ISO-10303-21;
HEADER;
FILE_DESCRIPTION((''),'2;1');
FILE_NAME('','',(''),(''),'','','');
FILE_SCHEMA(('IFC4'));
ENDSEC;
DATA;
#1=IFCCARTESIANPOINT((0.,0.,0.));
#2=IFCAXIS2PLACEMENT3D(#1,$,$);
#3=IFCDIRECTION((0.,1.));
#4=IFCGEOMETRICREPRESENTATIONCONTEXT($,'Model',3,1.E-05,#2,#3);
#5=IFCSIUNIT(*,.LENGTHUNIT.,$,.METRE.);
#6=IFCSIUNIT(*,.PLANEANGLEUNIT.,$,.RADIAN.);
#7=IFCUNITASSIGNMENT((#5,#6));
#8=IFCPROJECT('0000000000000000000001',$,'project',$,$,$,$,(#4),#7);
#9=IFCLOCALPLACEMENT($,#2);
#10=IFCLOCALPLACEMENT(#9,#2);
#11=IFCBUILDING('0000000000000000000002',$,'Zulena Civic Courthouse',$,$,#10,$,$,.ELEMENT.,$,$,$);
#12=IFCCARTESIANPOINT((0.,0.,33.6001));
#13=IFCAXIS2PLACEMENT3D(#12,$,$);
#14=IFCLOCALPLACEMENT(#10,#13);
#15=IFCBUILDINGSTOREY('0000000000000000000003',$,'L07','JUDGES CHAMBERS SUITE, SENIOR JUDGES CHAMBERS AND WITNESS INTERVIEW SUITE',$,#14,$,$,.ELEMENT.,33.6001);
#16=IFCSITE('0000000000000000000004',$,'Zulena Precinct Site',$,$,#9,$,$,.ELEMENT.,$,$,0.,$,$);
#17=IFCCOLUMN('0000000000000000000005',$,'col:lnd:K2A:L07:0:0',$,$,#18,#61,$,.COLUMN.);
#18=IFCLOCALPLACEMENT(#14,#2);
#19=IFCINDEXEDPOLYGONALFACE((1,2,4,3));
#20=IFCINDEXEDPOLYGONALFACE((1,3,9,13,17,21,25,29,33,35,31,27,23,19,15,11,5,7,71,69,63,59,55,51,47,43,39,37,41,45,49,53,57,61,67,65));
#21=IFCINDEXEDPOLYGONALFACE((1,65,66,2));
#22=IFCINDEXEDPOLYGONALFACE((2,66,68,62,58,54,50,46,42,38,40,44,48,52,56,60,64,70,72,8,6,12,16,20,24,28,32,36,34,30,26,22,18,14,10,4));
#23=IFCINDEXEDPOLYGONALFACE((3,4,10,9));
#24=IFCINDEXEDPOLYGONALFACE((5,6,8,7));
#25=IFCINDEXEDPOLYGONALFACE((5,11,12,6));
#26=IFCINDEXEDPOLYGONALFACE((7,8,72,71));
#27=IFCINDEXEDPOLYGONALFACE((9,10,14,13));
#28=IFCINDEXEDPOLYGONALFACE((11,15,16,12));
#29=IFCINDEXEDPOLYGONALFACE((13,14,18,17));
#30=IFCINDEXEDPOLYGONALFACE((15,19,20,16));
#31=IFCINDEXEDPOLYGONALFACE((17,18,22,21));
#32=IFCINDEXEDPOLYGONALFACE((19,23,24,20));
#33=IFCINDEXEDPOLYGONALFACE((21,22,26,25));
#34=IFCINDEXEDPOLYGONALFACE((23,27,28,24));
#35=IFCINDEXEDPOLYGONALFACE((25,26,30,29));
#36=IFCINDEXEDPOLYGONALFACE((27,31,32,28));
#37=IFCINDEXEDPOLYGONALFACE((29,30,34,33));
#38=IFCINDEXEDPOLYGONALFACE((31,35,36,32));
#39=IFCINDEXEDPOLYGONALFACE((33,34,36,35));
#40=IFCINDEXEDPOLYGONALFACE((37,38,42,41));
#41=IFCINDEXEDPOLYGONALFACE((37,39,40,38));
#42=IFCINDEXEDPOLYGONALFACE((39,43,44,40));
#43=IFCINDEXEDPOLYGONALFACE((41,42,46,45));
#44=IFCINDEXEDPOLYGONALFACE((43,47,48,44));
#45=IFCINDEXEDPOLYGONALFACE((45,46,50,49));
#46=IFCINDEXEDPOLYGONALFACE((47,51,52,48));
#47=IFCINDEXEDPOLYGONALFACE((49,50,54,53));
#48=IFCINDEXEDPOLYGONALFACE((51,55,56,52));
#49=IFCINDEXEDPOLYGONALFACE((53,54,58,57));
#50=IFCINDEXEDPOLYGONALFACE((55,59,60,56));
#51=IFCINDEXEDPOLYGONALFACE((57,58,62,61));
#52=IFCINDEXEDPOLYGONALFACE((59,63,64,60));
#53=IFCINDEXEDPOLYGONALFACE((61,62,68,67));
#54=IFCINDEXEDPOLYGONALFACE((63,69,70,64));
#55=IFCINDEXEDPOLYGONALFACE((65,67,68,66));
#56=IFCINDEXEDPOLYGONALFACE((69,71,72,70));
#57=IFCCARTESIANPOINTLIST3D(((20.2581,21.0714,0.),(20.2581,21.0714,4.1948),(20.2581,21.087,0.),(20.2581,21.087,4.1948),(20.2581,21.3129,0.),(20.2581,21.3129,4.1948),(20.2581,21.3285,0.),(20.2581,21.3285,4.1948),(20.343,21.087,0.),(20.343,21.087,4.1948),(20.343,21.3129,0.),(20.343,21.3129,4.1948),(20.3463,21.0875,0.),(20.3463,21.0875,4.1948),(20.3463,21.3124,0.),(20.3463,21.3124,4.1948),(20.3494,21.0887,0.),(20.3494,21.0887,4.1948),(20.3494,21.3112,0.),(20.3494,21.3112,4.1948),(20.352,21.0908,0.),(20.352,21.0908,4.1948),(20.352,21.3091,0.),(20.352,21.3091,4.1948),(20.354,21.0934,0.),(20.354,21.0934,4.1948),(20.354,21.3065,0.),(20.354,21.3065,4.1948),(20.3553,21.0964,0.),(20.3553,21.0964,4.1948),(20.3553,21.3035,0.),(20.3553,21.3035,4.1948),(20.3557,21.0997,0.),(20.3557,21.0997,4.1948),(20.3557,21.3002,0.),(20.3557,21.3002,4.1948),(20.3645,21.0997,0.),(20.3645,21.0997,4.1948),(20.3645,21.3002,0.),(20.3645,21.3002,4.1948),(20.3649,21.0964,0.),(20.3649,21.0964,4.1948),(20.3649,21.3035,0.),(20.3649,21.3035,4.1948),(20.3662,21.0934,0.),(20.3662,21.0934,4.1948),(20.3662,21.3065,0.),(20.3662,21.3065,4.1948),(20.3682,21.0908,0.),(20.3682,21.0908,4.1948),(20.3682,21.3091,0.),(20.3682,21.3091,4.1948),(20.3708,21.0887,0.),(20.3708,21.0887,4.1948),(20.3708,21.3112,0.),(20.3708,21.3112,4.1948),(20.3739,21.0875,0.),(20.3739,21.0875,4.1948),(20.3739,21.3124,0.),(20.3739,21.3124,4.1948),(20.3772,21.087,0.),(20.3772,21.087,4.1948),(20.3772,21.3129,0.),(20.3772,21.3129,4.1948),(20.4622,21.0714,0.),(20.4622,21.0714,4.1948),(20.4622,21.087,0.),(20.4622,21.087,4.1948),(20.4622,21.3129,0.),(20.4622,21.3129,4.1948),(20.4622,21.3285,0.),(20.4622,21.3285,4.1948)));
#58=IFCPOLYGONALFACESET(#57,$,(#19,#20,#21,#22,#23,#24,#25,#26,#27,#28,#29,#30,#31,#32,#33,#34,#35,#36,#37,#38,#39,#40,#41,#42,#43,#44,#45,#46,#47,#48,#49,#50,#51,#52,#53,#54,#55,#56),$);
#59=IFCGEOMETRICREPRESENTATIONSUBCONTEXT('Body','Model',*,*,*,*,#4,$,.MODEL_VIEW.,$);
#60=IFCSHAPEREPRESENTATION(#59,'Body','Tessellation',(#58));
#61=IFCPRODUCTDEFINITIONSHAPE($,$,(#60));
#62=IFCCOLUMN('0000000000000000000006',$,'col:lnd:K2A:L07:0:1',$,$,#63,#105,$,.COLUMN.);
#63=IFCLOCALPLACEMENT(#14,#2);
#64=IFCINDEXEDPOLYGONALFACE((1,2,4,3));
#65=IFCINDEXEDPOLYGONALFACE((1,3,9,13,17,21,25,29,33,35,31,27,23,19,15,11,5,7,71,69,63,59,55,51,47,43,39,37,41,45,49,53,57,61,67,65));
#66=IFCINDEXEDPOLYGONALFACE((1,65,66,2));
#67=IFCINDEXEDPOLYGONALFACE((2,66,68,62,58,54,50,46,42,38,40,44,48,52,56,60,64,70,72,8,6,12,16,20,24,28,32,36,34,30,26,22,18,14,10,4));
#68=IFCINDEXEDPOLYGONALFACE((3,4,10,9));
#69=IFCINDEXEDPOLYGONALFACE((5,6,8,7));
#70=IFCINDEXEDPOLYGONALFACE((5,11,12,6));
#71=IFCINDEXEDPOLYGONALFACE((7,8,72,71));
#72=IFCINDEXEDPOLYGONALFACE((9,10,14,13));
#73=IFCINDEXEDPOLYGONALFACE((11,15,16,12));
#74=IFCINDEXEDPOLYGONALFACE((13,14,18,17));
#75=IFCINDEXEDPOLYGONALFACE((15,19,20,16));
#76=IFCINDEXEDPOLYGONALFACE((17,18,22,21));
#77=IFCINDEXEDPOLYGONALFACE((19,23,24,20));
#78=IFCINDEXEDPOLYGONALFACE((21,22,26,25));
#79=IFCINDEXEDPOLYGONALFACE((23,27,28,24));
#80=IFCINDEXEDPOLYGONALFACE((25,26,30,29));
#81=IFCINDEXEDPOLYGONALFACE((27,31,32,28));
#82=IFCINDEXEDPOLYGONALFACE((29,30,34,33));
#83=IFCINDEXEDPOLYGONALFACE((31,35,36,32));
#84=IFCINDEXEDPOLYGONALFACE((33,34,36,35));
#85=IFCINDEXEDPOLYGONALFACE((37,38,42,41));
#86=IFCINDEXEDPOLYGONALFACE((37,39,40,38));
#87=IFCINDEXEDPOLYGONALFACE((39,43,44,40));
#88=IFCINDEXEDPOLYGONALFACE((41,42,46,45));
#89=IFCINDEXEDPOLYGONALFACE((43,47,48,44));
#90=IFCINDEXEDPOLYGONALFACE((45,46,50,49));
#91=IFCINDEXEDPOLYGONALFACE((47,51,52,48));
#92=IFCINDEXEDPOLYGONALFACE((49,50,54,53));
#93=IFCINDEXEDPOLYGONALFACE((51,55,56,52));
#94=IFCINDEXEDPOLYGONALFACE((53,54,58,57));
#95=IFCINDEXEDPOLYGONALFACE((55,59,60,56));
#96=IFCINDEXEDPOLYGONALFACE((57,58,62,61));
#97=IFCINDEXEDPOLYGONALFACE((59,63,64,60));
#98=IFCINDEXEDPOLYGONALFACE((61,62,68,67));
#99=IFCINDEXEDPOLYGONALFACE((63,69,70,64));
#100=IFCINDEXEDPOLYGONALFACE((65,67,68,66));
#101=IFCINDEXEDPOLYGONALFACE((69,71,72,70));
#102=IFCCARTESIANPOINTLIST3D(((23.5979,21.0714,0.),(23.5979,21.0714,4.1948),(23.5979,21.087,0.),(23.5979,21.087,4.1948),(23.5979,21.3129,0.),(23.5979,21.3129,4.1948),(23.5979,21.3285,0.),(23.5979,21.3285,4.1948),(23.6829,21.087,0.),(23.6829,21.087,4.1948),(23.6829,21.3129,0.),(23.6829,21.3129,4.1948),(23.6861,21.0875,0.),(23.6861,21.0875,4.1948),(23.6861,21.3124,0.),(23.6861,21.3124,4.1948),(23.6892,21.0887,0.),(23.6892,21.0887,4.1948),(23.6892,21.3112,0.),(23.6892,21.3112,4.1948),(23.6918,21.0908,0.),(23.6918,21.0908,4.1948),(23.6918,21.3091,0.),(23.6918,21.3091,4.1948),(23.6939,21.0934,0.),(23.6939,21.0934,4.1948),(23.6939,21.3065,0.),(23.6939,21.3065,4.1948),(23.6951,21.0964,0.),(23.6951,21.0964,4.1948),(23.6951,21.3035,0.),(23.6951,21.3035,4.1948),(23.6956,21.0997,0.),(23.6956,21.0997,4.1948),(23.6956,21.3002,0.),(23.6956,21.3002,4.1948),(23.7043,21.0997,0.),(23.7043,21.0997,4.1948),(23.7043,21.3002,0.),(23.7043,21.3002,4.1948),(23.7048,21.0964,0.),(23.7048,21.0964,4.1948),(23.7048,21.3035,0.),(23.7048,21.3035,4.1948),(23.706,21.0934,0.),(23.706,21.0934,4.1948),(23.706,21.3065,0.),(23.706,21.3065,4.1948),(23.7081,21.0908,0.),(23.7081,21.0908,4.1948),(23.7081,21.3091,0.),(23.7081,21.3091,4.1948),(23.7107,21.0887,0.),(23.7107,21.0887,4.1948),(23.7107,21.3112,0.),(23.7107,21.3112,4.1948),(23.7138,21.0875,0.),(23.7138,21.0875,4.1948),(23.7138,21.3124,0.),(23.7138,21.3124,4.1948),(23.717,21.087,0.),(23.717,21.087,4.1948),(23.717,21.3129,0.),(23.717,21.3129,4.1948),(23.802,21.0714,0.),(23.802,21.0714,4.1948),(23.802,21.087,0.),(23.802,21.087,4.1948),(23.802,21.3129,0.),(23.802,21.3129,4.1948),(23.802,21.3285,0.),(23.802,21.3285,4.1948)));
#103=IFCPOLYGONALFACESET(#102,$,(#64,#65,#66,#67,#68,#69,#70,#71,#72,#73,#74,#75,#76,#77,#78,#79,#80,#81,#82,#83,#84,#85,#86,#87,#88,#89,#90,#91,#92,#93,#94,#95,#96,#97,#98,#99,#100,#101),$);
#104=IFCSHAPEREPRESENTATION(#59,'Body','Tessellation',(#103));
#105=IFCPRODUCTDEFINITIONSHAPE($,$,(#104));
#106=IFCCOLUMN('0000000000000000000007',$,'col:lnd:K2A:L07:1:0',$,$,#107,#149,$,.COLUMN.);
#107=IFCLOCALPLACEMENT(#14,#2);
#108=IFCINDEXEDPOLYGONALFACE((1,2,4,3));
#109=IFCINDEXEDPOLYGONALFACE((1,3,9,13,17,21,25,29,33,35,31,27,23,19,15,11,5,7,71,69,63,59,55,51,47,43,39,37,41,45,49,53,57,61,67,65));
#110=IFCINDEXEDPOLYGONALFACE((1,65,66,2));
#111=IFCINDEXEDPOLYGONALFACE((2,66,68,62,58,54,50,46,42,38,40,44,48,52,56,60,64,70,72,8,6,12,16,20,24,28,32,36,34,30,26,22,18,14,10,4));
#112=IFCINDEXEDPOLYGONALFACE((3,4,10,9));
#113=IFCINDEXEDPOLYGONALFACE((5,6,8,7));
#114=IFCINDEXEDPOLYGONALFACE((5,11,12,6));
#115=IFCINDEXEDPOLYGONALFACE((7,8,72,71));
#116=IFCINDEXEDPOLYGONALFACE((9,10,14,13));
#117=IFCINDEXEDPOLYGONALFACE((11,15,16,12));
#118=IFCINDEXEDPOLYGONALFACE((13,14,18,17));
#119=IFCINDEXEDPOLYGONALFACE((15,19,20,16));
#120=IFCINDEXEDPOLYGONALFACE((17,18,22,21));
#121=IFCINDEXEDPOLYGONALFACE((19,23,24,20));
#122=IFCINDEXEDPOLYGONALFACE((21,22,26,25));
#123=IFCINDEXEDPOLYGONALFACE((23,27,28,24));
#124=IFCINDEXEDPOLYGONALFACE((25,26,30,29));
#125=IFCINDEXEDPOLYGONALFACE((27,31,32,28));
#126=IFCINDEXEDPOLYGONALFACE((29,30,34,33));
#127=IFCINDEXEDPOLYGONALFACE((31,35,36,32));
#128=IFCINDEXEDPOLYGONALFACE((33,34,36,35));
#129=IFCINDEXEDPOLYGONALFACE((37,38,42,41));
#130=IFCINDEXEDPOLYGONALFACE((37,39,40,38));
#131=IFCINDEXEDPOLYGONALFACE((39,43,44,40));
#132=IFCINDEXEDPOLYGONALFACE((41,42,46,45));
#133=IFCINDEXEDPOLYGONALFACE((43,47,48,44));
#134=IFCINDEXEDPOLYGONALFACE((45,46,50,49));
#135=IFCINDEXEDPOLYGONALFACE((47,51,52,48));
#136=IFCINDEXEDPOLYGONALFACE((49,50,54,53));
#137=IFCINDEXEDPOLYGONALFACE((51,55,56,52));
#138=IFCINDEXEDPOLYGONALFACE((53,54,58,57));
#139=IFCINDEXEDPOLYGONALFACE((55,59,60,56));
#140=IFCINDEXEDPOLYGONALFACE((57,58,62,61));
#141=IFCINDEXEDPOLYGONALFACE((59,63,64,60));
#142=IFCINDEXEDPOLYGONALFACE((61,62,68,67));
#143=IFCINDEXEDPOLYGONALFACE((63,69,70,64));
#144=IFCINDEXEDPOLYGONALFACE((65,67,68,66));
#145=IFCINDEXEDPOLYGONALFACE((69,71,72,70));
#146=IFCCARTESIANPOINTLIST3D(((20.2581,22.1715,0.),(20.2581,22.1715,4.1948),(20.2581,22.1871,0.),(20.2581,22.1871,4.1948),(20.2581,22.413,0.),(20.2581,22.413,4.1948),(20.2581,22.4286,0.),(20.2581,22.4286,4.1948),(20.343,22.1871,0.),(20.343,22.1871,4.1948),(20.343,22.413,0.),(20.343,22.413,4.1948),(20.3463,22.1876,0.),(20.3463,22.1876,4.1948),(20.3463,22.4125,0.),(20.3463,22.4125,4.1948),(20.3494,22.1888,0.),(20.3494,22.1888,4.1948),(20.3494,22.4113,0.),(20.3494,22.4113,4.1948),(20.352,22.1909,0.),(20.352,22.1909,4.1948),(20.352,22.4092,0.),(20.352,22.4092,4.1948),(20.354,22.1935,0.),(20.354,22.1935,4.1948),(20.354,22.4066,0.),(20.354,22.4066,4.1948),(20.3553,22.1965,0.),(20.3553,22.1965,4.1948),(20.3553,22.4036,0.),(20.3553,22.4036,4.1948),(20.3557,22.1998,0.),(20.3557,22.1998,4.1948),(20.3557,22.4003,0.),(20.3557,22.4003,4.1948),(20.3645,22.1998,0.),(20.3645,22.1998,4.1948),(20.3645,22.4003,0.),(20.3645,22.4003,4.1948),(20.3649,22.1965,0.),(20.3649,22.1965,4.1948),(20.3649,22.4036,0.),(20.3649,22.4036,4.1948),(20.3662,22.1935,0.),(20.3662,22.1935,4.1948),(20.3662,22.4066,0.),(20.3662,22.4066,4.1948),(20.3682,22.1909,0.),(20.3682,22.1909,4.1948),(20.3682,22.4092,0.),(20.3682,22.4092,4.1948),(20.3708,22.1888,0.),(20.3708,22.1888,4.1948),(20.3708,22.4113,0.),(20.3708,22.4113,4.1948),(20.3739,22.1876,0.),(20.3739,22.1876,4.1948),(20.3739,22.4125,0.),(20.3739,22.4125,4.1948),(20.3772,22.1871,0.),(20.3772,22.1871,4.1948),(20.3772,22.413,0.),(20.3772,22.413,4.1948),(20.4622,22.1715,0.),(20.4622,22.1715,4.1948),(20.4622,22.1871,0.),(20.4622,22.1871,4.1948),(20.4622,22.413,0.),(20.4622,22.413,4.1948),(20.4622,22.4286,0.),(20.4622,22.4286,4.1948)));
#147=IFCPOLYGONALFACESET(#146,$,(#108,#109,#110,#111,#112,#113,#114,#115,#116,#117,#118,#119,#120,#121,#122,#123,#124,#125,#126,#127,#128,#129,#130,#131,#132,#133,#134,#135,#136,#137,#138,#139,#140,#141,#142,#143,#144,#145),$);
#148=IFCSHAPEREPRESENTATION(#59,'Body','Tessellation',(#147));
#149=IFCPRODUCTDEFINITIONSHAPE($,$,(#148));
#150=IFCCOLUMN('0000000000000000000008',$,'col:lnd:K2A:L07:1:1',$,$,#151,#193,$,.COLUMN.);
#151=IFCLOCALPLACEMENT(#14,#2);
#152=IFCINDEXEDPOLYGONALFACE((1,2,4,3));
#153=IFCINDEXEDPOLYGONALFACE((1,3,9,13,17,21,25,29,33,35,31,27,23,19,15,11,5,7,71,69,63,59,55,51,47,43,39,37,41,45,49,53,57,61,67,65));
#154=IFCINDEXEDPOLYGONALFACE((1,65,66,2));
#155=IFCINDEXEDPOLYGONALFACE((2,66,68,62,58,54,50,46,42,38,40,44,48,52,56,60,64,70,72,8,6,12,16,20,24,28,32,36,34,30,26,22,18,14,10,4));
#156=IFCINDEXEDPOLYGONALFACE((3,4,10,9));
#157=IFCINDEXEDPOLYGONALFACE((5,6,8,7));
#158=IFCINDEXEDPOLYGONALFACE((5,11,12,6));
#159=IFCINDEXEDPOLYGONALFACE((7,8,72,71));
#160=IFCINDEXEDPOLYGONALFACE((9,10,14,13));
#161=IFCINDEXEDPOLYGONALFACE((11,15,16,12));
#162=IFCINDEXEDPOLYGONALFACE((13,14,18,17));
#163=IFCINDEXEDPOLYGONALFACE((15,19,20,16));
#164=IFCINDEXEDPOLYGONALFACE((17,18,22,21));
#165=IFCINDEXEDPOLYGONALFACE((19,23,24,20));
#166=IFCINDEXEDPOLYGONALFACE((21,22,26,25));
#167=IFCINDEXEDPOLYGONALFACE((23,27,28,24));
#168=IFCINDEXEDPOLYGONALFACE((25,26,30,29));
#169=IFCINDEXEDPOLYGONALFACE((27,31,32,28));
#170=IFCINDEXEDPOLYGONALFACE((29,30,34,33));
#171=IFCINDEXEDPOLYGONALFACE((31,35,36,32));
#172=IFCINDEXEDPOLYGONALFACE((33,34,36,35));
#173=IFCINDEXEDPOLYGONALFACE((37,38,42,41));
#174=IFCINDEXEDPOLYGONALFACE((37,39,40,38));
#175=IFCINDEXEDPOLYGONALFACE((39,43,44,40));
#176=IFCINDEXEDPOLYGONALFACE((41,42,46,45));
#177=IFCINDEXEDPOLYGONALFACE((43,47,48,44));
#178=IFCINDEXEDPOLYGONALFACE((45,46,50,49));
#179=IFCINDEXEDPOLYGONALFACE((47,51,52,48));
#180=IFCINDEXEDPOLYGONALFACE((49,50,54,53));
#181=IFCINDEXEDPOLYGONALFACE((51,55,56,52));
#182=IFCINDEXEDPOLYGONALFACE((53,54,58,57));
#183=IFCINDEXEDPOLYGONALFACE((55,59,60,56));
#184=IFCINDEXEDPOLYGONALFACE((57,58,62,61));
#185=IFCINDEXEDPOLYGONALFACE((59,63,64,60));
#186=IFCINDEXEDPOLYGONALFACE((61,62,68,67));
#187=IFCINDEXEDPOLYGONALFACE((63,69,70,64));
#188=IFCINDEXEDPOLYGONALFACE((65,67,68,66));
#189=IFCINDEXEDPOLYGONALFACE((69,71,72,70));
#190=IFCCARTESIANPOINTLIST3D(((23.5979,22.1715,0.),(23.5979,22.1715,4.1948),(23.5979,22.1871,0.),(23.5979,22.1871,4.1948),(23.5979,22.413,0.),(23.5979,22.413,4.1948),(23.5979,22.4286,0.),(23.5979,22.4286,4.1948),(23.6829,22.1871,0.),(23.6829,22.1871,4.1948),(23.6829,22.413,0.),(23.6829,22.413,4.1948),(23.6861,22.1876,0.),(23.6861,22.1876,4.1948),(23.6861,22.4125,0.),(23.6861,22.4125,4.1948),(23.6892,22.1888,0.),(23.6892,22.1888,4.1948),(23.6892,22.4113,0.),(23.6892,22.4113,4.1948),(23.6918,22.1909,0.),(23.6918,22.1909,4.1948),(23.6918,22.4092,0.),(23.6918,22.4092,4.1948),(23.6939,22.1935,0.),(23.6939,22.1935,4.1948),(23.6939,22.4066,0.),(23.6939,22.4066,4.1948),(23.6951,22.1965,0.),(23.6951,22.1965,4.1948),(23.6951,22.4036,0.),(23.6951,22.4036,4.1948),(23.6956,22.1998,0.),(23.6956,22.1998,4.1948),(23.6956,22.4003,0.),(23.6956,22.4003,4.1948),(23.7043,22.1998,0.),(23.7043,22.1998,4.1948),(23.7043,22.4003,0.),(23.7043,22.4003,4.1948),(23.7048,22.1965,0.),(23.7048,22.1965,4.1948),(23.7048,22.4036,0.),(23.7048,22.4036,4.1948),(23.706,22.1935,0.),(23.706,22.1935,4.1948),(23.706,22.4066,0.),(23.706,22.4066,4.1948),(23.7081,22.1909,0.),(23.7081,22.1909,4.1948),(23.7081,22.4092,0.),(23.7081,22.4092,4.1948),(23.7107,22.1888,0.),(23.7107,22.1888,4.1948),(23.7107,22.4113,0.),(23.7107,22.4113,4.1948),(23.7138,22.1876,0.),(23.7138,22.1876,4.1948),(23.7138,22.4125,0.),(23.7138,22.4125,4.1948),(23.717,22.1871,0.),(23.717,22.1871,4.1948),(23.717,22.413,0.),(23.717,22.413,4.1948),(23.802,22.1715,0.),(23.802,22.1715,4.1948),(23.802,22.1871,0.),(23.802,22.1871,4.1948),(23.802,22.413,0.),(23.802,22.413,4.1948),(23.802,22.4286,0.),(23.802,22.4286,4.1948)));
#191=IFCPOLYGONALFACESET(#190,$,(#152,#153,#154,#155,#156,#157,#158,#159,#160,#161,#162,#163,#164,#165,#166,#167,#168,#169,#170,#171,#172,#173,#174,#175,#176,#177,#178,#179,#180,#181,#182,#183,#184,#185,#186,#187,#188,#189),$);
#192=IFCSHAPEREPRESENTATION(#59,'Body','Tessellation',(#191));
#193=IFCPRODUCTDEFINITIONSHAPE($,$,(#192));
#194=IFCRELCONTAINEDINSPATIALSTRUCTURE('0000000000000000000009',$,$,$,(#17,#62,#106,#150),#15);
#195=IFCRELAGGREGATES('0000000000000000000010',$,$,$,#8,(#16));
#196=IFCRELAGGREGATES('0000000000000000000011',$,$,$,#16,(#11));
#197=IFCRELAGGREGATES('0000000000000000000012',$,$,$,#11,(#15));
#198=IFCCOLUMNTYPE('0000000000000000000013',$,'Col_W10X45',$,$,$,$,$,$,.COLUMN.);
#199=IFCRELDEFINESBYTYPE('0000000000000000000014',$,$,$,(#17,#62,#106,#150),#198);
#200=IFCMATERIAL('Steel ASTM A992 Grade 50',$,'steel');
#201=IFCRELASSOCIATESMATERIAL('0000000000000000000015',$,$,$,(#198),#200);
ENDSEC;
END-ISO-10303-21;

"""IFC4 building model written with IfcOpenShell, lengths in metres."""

from ifc_helpers import new_model, si_unit, direction, frame, origin, origin_2d, place, context, subcontext, project, spatial, i_section, extrude, material, material_profile, profile_set, type_object, element, save


model = new_model("IFC4")

# Units and contexts
model_context = context("Model", 3, precision=1e-05, world=origin(), true_north=direction((0.0, 1.0)))
body_context = subcontext(model_context, "Body", "Model", "MODEL_VIEW")
ifc_project = project(units=[si_unit("LENGTHUNIT", "METRE"), si_unit("PLANEANGLEUNIT", "RADIAN")], contexts=[model_context])

# Site, building, storey
site_placement = place(None, origin())
site = spatial("IfcSite", under=ifc_project, at=site_placement, Name="Zulena Precinct Site", CompositionType="ELEMENT", RefElevation=0.0)
building_placement = place(site_placement, origin())
building = spatial("IfcBuilding", under=site, at=building_placement, Name="Zulena Civic Courthouse", CompositionType="ELEMENT")
storey_placement = place(building_placement, frame((0.0, 0.0, 33.6001)))
storey = spatial("IfcBuildingStorey", under=building, at=storey_placement, Name="L07", Description="JUDGES CHAMBERS SUITE, SENIOR JUDGES CHAMBERS AND WITNESS INTERVIEW SUITE", CompositionType="ELEMENT", Elevation=33.6001)

# Columns
ifc_material_1 = material(Name="Steel ASTM A992 Grade 50", Category="steel")
ifc_material_profile_1 = material_profile(ifc_material_1, i_section(OverallWidth=0.2041, OverallDepth=0.2571, WebThickness=0.0088, FlangeThickness=0.0156, FilletRadius=0.0127, at=origin_2d()), Name="W10X45")
ifc_profile_set_1 = profile_set([ifc_material_profile_1], Name="Steel ASTM A992 Grade 50")
column_type_1 = type_object("IfcColumnType", Name="Col_W10X45", PredefinedType="COLUMN", material=ifc_profile_set_1)
for number, where, z_axis, x_axis, name in (
    (1, (20.3601, 21.2, 0.0), (0.0, 0.0, 1.0), (1.0, 0.0, 0.0), "col:lnd:K2A:L07:0:0"),
    (2, (23.7, 21.2, 0.0), (0.0, 0.0, 1.0), (1.0, 0.0, 0.0), "col:lnd:K2A:L07:0:1"),
    (3, (20.3601, 22.3, 0.0), (0.0, 0.0, 1.0), (1.0, 0.0, 0.0), "col:lnd:K2A:L07:1:0"),
    (4, (23.7, 22.3, 0.0), (0.0, 0.0, 1.0), (1.0, 0.0, 0.0), "col:lnd:K2A:L07:1:1"),
):
    element("IfcColumn", number, at=place(storey_placement, frame(where, z_axis=z_axis, x_axis=x_axis)), inside=storey, type_object=column_type_1, Name=name, PredefinedType="COLUMN", context=body_context, shape_type="SweptSolid", body=[
        extrude(i_section(OverallWidth=0.2041, OverallDepth=0.2571, WebThickness=0.0088, FlangeThickness=0.0156, FilletRadius=0.0127, at=origin_2d()), origin(), (0.0, 0.0, 1.0), 4.1948),
    ])

save(model, "model.ifc")
